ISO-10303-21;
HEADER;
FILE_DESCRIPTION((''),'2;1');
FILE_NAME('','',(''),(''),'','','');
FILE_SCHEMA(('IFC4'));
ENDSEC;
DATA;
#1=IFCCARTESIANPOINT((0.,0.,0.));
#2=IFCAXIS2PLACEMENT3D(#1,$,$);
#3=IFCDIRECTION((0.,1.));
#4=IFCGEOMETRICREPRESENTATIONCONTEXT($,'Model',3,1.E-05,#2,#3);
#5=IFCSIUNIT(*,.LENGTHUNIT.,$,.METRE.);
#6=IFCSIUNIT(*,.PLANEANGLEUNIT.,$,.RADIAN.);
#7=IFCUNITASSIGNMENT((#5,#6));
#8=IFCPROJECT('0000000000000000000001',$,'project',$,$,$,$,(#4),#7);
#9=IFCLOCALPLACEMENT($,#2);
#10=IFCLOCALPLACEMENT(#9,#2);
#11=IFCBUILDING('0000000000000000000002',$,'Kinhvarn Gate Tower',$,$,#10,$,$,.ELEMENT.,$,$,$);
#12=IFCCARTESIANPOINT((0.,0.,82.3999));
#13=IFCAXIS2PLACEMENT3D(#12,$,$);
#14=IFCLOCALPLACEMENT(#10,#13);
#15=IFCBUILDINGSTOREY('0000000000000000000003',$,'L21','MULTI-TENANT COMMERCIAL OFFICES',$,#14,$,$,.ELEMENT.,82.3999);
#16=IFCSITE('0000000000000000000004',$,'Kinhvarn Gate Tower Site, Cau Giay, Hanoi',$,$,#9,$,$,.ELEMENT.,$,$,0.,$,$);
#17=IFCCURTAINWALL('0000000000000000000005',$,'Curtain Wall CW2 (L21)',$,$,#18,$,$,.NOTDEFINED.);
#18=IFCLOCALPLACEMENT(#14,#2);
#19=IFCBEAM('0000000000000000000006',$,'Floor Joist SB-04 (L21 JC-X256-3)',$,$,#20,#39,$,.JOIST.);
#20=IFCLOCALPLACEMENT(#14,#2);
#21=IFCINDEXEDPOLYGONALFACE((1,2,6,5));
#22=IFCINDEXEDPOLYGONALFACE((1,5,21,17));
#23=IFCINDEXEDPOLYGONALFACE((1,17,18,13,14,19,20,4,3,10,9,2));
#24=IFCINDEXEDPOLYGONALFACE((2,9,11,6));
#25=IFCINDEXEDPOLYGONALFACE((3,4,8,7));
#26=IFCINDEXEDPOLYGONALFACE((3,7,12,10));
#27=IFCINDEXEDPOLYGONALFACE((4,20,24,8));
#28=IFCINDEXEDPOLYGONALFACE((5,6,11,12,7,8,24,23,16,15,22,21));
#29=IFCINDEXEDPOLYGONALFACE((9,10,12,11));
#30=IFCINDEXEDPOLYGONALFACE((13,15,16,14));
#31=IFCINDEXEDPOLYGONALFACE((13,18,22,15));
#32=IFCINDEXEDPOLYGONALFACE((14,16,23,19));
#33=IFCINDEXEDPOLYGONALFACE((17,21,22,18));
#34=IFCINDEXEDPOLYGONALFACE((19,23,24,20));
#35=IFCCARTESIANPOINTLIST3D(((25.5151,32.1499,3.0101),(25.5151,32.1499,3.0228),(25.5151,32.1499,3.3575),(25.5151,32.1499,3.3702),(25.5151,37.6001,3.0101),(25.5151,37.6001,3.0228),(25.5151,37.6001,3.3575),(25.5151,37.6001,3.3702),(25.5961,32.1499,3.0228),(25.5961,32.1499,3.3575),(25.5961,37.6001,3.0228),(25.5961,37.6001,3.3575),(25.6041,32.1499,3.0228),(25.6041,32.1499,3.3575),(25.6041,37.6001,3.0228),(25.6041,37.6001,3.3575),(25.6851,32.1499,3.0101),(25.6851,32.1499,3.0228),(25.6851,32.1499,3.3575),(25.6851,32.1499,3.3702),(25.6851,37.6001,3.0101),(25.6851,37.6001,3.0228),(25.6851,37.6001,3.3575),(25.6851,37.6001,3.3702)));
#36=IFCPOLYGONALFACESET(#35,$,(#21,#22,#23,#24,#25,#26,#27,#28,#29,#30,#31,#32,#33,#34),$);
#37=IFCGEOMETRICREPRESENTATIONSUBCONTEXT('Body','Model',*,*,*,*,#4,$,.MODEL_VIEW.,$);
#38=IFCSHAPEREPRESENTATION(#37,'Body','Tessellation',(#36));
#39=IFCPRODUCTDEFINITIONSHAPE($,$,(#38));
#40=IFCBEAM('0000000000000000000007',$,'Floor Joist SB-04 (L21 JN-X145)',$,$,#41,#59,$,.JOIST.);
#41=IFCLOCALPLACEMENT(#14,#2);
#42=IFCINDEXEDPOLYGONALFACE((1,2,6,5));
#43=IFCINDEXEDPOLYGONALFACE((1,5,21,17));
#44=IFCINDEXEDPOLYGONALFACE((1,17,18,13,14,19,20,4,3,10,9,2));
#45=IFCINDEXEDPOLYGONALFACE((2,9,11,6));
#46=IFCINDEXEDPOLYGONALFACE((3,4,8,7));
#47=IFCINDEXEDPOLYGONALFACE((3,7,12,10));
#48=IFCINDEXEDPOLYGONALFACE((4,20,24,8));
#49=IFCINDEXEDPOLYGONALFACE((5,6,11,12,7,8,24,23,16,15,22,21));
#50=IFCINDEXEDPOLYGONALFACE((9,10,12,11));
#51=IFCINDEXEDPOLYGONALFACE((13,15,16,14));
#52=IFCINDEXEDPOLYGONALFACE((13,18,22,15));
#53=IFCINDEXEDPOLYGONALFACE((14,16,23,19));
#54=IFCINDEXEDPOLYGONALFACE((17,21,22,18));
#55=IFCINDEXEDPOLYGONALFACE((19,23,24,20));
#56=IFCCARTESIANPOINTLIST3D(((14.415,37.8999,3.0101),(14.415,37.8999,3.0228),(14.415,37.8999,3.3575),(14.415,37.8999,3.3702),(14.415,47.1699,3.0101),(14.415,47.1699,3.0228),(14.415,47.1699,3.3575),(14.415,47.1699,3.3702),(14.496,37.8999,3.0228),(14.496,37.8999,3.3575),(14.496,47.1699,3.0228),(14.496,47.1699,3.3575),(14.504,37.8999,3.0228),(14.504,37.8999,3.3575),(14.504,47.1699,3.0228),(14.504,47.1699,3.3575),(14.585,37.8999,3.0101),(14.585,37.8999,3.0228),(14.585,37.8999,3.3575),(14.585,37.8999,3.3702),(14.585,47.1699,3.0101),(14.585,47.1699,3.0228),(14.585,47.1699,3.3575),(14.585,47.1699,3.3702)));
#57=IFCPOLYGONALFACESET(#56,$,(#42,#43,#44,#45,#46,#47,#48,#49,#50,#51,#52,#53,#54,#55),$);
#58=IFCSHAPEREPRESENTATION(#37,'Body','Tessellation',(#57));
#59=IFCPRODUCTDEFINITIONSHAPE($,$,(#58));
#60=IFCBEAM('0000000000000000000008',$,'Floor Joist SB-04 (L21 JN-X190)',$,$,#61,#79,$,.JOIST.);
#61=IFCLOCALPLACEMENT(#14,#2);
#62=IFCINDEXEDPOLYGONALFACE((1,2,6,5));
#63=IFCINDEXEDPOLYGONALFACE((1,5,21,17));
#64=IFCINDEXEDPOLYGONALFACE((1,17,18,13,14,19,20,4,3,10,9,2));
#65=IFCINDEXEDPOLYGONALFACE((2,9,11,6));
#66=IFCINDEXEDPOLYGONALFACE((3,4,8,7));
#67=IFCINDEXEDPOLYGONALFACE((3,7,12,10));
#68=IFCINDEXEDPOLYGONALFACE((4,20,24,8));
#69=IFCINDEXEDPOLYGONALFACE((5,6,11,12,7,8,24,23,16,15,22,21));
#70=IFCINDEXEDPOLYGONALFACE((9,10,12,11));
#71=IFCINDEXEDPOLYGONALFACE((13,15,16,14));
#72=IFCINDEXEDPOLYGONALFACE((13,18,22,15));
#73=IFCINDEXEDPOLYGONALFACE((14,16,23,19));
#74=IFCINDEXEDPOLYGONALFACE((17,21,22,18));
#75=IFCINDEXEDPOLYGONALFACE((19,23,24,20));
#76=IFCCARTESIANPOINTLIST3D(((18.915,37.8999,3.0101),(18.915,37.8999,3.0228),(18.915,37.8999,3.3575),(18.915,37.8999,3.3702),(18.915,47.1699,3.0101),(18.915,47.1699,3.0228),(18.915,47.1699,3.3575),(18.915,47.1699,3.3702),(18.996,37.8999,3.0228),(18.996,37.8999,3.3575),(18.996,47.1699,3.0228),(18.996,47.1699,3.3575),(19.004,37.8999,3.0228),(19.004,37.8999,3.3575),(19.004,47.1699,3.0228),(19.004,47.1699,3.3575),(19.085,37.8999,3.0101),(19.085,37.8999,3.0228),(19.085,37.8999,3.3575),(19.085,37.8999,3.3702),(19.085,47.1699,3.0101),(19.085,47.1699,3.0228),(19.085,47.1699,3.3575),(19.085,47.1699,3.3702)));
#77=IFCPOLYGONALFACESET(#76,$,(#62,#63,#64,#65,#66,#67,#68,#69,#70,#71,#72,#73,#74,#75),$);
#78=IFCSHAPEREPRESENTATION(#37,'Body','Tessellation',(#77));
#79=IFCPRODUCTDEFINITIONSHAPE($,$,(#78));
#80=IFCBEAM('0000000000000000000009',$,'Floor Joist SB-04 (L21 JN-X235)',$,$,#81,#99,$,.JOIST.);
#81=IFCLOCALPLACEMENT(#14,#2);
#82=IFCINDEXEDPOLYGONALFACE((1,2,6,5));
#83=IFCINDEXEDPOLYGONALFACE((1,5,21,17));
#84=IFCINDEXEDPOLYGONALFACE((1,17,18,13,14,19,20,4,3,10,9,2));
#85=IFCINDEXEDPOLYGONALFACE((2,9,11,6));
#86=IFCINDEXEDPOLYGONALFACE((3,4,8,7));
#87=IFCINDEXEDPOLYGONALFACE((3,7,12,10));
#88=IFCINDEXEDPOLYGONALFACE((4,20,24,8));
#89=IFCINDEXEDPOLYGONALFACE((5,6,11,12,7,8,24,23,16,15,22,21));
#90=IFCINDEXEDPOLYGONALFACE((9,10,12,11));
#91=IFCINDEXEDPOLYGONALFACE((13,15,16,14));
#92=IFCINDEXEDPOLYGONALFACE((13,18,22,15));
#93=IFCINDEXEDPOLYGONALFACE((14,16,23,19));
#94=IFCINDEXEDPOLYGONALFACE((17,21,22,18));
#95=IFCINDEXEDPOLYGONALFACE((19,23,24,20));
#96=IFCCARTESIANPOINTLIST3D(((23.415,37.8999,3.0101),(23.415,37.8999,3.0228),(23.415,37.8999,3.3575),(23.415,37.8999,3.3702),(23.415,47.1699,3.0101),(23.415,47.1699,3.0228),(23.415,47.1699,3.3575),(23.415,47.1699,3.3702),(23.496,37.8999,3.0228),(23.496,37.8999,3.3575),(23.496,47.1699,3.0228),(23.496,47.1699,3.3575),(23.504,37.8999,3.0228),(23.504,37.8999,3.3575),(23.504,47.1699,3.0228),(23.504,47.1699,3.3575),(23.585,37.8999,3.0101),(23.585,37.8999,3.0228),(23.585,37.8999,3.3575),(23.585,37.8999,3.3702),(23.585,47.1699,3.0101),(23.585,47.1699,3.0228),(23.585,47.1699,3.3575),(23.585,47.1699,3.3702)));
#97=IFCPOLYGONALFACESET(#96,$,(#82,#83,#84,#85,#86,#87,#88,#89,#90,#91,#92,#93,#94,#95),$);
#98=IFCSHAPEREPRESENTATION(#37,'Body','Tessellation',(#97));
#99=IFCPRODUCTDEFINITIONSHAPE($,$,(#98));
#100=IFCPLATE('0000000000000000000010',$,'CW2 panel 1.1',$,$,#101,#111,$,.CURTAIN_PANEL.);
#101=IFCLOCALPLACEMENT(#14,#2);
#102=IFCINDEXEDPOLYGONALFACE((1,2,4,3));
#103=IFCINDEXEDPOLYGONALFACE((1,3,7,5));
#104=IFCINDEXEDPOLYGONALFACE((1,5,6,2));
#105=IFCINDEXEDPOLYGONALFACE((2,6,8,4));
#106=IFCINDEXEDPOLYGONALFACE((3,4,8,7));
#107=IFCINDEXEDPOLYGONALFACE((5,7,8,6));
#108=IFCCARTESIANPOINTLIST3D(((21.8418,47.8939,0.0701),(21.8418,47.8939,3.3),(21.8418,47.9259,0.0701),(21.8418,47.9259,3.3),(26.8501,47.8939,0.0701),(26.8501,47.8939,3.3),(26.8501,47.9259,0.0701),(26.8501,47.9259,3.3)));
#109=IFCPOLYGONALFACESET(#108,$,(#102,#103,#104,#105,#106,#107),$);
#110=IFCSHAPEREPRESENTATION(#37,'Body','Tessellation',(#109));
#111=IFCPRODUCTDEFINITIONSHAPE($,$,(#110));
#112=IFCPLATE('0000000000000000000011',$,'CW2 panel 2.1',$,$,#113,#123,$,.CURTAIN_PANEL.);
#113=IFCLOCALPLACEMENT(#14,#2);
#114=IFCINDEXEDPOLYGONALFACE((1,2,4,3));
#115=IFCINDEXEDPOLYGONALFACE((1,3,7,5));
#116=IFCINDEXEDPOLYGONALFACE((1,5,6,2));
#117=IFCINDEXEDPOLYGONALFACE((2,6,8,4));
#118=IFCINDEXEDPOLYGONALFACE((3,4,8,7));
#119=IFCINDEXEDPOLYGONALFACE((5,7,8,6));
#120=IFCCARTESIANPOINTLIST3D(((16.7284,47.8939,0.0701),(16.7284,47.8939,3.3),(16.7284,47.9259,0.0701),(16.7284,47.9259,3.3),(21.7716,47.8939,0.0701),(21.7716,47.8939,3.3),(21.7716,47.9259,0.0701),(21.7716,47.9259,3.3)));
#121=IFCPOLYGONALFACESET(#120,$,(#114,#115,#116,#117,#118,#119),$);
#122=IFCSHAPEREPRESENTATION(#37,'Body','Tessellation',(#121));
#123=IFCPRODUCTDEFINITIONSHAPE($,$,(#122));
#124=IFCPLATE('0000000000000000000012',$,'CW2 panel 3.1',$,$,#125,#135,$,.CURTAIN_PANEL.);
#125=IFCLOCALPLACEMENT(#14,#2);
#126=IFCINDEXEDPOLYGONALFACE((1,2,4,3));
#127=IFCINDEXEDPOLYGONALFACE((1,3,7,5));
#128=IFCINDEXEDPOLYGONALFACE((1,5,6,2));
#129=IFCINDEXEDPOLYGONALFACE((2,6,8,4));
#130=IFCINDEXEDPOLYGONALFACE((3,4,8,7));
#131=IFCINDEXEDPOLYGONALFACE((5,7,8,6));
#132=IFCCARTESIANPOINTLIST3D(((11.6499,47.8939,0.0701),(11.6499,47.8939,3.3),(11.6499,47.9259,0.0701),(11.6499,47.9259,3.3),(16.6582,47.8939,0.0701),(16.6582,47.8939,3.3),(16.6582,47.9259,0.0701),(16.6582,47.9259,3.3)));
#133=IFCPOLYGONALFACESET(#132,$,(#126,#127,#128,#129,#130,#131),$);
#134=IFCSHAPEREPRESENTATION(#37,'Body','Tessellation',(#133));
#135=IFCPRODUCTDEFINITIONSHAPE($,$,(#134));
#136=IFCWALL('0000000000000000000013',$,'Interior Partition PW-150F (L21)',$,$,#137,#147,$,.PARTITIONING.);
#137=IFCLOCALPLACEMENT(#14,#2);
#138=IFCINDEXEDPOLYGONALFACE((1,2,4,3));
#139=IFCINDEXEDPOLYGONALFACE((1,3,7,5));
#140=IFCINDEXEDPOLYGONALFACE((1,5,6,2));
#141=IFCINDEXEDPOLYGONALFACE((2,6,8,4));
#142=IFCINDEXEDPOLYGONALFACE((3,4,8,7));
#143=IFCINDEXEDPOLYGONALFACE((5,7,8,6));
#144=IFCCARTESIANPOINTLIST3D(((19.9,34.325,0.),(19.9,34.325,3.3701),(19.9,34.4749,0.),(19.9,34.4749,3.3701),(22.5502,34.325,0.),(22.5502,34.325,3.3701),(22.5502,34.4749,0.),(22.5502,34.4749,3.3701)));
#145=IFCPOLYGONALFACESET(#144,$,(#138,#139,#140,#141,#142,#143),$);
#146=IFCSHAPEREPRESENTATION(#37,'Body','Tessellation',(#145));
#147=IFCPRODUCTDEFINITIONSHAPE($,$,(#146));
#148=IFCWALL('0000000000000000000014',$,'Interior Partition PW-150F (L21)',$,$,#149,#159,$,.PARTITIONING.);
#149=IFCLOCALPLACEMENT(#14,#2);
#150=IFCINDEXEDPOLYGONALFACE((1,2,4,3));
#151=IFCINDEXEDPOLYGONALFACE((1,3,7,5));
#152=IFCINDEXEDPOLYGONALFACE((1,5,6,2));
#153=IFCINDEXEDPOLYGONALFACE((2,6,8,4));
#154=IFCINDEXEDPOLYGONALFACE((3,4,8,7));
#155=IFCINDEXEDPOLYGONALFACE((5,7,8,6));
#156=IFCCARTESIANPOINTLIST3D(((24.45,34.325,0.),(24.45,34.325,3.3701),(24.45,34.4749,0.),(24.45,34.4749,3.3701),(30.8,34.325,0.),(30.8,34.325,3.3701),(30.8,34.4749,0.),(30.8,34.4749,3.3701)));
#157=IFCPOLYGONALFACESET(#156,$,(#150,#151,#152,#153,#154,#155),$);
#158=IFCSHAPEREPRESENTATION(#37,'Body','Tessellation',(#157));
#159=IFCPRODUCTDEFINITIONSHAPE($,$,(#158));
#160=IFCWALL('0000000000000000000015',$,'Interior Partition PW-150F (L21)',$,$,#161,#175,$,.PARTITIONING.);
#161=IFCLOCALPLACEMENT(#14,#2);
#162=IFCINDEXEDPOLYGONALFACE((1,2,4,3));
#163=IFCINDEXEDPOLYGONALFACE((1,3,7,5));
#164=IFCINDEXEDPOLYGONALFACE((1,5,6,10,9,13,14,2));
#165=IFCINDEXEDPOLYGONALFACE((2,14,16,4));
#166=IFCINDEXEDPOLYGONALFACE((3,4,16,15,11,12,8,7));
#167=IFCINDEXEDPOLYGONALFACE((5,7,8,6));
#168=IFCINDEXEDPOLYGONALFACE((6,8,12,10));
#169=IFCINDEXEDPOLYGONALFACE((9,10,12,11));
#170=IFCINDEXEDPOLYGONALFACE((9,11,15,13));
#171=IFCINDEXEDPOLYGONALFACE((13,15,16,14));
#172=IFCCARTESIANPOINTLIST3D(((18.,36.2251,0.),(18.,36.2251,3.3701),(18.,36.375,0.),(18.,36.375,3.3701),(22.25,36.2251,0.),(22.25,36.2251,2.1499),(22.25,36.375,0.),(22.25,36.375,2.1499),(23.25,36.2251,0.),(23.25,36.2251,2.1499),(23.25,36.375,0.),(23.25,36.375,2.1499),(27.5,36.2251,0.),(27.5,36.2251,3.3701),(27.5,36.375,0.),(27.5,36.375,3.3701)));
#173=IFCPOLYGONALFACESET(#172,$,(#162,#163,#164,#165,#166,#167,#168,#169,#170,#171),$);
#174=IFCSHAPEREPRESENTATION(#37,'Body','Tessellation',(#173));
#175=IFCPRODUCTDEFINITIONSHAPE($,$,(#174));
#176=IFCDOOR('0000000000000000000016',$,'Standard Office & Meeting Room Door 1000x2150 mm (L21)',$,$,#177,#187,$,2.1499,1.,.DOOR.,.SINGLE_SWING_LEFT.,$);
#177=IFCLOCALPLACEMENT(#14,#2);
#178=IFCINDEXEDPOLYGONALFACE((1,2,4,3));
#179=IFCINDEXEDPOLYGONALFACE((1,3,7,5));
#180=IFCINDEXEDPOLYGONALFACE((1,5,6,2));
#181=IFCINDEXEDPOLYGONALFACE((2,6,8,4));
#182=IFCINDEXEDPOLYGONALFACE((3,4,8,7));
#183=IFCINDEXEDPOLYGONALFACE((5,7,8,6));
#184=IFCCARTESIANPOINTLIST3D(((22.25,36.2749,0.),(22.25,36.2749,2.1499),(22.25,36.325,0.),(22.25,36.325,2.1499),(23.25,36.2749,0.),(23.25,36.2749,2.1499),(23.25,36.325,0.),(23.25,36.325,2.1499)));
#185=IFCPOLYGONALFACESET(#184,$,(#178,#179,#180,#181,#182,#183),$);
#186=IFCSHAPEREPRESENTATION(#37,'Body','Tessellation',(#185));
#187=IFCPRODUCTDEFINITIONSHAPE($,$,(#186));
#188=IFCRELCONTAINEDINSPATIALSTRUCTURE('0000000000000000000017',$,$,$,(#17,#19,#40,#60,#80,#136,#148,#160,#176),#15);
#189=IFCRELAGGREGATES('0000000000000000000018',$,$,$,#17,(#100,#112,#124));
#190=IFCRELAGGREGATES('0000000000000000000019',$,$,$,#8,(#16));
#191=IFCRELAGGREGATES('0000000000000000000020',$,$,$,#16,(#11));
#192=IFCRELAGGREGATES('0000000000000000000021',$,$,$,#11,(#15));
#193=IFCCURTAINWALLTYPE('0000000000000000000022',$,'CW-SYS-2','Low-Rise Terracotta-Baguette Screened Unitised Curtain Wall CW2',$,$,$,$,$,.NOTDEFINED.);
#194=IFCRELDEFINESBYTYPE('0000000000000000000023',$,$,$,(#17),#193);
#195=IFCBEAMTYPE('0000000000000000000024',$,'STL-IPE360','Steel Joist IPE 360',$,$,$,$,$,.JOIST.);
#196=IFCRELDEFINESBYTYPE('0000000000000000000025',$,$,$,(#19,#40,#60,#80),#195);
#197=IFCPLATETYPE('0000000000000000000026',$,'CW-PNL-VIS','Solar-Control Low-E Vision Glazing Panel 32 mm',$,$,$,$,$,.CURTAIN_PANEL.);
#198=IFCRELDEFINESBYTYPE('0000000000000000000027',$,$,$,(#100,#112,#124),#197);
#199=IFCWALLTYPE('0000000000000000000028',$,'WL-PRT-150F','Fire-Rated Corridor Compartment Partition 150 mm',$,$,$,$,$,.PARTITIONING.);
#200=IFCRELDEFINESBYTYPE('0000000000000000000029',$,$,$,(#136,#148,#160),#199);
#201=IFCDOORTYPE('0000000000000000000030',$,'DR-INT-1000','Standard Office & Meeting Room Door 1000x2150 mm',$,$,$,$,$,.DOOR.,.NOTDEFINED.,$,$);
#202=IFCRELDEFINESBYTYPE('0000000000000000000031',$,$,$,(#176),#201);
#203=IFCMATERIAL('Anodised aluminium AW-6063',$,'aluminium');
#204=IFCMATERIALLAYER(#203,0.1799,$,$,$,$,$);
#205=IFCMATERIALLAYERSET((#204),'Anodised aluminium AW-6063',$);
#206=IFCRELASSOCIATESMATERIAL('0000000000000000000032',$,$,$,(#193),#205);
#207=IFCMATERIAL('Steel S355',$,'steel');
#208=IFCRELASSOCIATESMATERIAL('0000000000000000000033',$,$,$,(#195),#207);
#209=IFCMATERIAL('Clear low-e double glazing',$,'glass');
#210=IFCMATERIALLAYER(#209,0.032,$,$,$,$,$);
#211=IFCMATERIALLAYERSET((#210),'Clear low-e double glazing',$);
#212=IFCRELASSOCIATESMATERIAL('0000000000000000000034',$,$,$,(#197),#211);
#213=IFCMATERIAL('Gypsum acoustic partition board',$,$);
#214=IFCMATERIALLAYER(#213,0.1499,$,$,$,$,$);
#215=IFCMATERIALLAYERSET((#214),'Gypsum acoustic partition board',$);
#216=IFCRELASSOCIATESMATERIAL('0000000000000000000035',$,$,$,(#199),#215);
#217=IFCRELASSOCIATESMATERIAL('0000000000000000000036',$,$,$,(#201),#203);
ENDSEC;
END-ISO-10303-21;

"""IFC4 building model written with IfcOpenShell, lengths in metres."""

from ifc_helpers import new_model, si_unit, direction, frame, frame_2d, origin, origin_2d, place, context, subcontext, project, spatial, rectangle, i_section, extrude, material, layer, layer_set, material_profile, profile_set, type_object, element, fill, aggregate, save


model = new_model("IFC4")

# Units and contexts
model_context = context("Model", 3, precision=1e-05, world=origin(), true_north=direction((0.0, 1.0)))
body_context = subcontext(model_context, "Body", "Model", "MODEL_VIEW")
ifc_project = project(units=[si_unit("LENGTHUNIT", "METRE"), si_unit("PLANEANGLEUNIT", "RADIAN")], contexts=[model_context])

# Site, building, storey
site_placement = place(None, origin())
site = spatial("IfcSite", under=ifc_project, at=site_placement, Name="Kinhvarn Gate Tower Site, Cau Giay, Hanoi", CompositionType="ELEMENT", RefElevation=0.0)
building_placement = place(site_placement, origin())
building = spatial("IfcBuilding", under=site, at=building_placement, Name="Kinhvarn Gate Tower", CompositionType="ELEMENT")
storey_placement = place(building_placement, frame((0.0, 0.0, 82.3999)))
storey = spatial("IfcBuildingStorey", under=building, at=storey_placement, Name="L21", Description="MULTI-TENANT COMMERCIAL OFFICES", CompositionType="ELEMENT", Elevation=82.3999)

# Curtain wall
ifc_material_1 = material(Name="Anodised aluminium AW-6063", Category="aluminium")
ifc_layer_1 = layer(ifc_material_1, 0.1799)
ifc_layer_set_1 = layer_set([ifc_layer_1], Name="Anodised aluminium AW-6063")
curtain_wall_type = type_object("IfcCurtainWallType", Name="CW-SYS-2", Description="Low-Rise Terracotta-Baguette Screened Unitised Curtain Wall CW2", PredefinedType="NOTDEFINED", material=ifc_layer_set_1)
curtain_wall_placement = place(storey_placement, origin())
curtain_wall = element("IfcCurtainWall", 1, at=curtain_wall_placement, inside=storey, type_object=curtain_wall_type, Name="Curtain Wall CW2 (L21)", PredefinedType="NOTDEFINED")

# Beams
ifc_material_2 = material(Name="Steel S355", Category="steel")
ifc_material_profile_1 = material_profile(ifc_material_2, i_section(OverallWidth=0.1699, OverallDepth=0.3601, WebThickness=0.0081, FlangeThickness=0.0127, at=origin_2d()), Name="IPE 360")
ifc_profile_set_1 = profile_set([ifc_material_profile_1], Name="Steel S355")
beam_type_1 = type_object("IfcBeamType", Name="STL-IPE360", Description="Steel Joist IPE 360", PredefinedType="JOIST", material=ifc_profile_set_1)
for number, where, z_axis, x_axis, name in (
    (2, (25.6001, 32.1499, 3.1902), (0.0, 1.0, 0.0), (-1.0, 0.0, 0.0), "Floor Joist SB-04 (L21 JC-X256-3)"),
):
    element("IfcBeam", number, at=place(storey_placement, frame(where, z_axis=z_axis, x_axis=x_axis)), inside=storey, type_object=beam_type_1, Name=name, PredefinedType="JOIST", context=body_context, shape_type="SweptSolid", body=[
        extrude(i_section(OverallWidth=0.1699, OverallDepth=0.3601, WebThickness=0.0081, FlangeThickness=0.0127, at=origin_2d()), origin(), (0.0, 0.0, 1.0), 5.4502),
    ])
for number, where, z_axis, x_axis, name in (
    (3, (14.5, 37.8999, 3.1902), (0.0, 1.0, 0.0), (-1.0, 0.0, 0.0), "Floor Joist SB-04 (L21 JN-X145)"),
    (4, (19.0, 37.8999, 3.1902), (0.0, 1.0, 0.0), (-1.0, 0.0, 0.0), "Floor Joist SB-04 (L21 JN-X190)"),
    (5, (23.5, 37.8999, 3.1902), (0.0, 1.0, 0.0), (-1.0, 0.0, 0.0), "Floor Joist SB-04 (L21 JN-X235)"),
):
    element("IfcBeam", number, at=place(storey_placement, frame(where, z_axis=z_axis, x_axis=x_axis)), inside=storey, type_object=beam_type_1, Name=name, PredefinedType="JOIST", context=body_context, shape_type="SweptSolid", body=[
        extrude(i_section(OverallWidth=0.1699, OverallDepth=0.3601, WebThickness=0.0081, FlangeThickness=0.0127, at=origin_2d()), origin(), (0.0, 0.0, 1.0), 9.27),
    ])

# Plates
ifc_material_3 = material(Name="Clear low-e double glazing", Category="glass")
ifc_layer_2 = layer(ifc_material_3, 0.032)
ifc_layer_set_2 = layer_set([ifc_layer_2], Name="Clear low-e double glazing")
plate_type = type_object("IfcPlateType", Name="CW-PNL-VIS", Description="Solar-Control Low-E Vision Glazing Panel 32 mm", PredefinedType="CURTAIN_PANEL", material=ifc_layer_set_2)
plate_1_placement = place(storey_placement, frame((24.3459, 47.9099, 0.0701), z_axis=(0.0, 0.0, 1.0), x_axis=(-1.0, 0.0, 0.0)))
plate_1 = element("IfcPlate", 6, at=plate_1_placement, type_object=plate_type, Name="CW2 panel 1.1", PredefinedType="CURTAIN_PANEL", context=body_context, shape_type="SweptSolid", body=[
    extrude(rectangle(XDim=5.0083, YDim=0.032, at=origin_2d()), origin(), (0.0, 0.0, 1.0), 3.23),
])
plate_2_placement = place(storey_placement, frame((19.25, 47.9099, 0.0701), z_axis=(0.0, 0.0, 1.0), x_axis=(-1.0, 0.0, 0.0)))
plate_2 = element("IfcPlate", 7, at=plate_2_placement, type_object=plate_type, Name="CW2 panel 2.1", PredefinedType="CURTAIN_PANEL", context=body_context, shape_type="SweptSolid", body=[
    extrude(rectangle(XDim=5.0432, YDim=0.032, at=origin_2d()), origin(), (0.0, 0.0, 1.0), 3.23),
])
plate_3_placement = place(storey_placement, frame((14.1541, 47.9099, 0.0701), z_axis=(0.0, 0.0, 1.0), x_axis=(-1.0, 0.0, 0.0)))
plate_3 = element("IfcPlate", 8, at=plate_3_placement, type_object=plate_type, Name="CW2 panel 3.1", PredefinedType="CURTAIN_PANEL", context=body_context, shape_type="SweptSolid", body=[
    extrude(rectangle(XDim=5.0083, YDim=0.032, at=origin_2d()), origin(), (0.0, 0.0, 1.0), 3.23),
])
aggregate(curtain_wall, [plate_1, plate_2, plate_3])

# Walls
ifc_material_4 = material(Name="Gypsum acoustic partition board")
ifc_layer_3 = layer(ifc_material_4, 0.1499)
ifc_layer_set_3 = layer_set([ifc_layer_3], Name="Gypsum acoustic partition board")
wall_type_1 = type_object("IfcWallType", Name="WL-PRT-150F", Description="Fire-Rated Corridor Compartment Partition 150 mm", PredefinedType="PARTITIONING", material=ifc_layer_set_3)
wall_1_placement = place(storey_placement, frame((19.8999, 34.3999, 0.0), z_axis=(0.0, 0.0, 1.0), x_axis=(1.0, 0.0, 0.0)))
element("IfcWall", 9, at=wall_1_placement, inside=storey, type_object=wall_type_1, Name="Interior Partition PW-150F (L21)", PredefinedType="PARTITIONING", context=body_context, shape_type="SweptSolid", body=[
    extrude(rectangle(XDim=2.6501, YDim=0.1499, at=frame_2d((1.3252, 0.0))), origin(), (0.0, 0.0, 1.0), 3.3701),
])
wall_2_placement = place(storey_placement, frame((24.45, 34.3999, 0.0), z_axis=(0.0, 0.0, 1.0), x_axis=(1.0, 0.0, 0.0)))
element("IfcWall", 10, at=wall_2_placement, inside=storey, type_object=wall_type_1, Name="Interior Partition PW-150F (L21)", PredefinedType="PARTITIONING", context=body_context, shape_type="SweptSolid", body=[
    extrude(rectangle(XDim=6.3501, YDim=0.1499, at=frame_2d((3.175, 0.0))), origin(), (0.0, 0.0, 1.0), 3.3701),
])

# Wall, opening, door
wall_3_placement = place(storey_placement, frame((18.0, 36.3, 0.0), z_axis=(0.0, 0.0, 1.0), x_axis=(1.0, 0.0, 0.0)))
wall_3 = element("IfcWall", 11, at=wall_3_placement, inside=storey, type_object=wall_type_1, Name="Interior Partition PW-150F (L21)", PredefinedType="PARTITIONING", context=body_context, shape_type="SweptSolid", body=[
    extrude(rectangle(XDim=9.5, YDim=0.1499, at=frame_2d((4.75, 0.0))), origin(), (0.0, 0.0, 1.0), 3.3701),
])
opening_1_placement = place(wall_3_placement, frame((4.25, 0.0, 0.0)))
opening_1 = element("IfcOpeningElement", 12, at=opening_1_placement, cuts=wall_3, PredefinedType="OPENING", context=body_context, shape_type="SweptSolid", body=[
    extrude(rectangle(XDim=1.0, YDim=2.1499, at=frame_2d((0.5, 1.075))), frame((0.0, 0.085, 0.0), z_axis=(0.0, -1.0, 0.0), x_axis=(1.0, 0.0, 0.0)), (0.0, 0.0, 1.0), 0.1699),
])
door_type_1 = type_object("IfcDoorType", Name="DR-INT-1000", Description="Standard Office & Meeting Room Door 1000x2150 mm", OperationType="NOTDEFINED", PredefinedType="DOOR", material=ifc_material_1)
door_1_placement = place(opening_1_placement, origin())
door_1 = element("IfcDoor", 13, at=door_1_placement, inside=storey, type_object=door_type_1, Name="Standard Office & Meeting Room Door 1000x2150 mm (L21)", OperationType="SINGLE_SWING_LEFT", OverallHeight=2.1499, OverallWidth=1.0, PredefinedType="DOOR", context=body_context, shape_type="SweptSolid", body=[
    extrude(rectangle(XDim=1.0, YDim=2.1499, at=frame_2d((0.5, 1.075))), frame((0.0, 0.0249, 0.0), z_axis=(0.0, -1.0, 0.0), x_axis=(1.0, 0.0, 0.0)), (0.0, 0.0, 1.0), 0.05),
])
fill(opening_1, door_1)

save(model, "model.ifc")
